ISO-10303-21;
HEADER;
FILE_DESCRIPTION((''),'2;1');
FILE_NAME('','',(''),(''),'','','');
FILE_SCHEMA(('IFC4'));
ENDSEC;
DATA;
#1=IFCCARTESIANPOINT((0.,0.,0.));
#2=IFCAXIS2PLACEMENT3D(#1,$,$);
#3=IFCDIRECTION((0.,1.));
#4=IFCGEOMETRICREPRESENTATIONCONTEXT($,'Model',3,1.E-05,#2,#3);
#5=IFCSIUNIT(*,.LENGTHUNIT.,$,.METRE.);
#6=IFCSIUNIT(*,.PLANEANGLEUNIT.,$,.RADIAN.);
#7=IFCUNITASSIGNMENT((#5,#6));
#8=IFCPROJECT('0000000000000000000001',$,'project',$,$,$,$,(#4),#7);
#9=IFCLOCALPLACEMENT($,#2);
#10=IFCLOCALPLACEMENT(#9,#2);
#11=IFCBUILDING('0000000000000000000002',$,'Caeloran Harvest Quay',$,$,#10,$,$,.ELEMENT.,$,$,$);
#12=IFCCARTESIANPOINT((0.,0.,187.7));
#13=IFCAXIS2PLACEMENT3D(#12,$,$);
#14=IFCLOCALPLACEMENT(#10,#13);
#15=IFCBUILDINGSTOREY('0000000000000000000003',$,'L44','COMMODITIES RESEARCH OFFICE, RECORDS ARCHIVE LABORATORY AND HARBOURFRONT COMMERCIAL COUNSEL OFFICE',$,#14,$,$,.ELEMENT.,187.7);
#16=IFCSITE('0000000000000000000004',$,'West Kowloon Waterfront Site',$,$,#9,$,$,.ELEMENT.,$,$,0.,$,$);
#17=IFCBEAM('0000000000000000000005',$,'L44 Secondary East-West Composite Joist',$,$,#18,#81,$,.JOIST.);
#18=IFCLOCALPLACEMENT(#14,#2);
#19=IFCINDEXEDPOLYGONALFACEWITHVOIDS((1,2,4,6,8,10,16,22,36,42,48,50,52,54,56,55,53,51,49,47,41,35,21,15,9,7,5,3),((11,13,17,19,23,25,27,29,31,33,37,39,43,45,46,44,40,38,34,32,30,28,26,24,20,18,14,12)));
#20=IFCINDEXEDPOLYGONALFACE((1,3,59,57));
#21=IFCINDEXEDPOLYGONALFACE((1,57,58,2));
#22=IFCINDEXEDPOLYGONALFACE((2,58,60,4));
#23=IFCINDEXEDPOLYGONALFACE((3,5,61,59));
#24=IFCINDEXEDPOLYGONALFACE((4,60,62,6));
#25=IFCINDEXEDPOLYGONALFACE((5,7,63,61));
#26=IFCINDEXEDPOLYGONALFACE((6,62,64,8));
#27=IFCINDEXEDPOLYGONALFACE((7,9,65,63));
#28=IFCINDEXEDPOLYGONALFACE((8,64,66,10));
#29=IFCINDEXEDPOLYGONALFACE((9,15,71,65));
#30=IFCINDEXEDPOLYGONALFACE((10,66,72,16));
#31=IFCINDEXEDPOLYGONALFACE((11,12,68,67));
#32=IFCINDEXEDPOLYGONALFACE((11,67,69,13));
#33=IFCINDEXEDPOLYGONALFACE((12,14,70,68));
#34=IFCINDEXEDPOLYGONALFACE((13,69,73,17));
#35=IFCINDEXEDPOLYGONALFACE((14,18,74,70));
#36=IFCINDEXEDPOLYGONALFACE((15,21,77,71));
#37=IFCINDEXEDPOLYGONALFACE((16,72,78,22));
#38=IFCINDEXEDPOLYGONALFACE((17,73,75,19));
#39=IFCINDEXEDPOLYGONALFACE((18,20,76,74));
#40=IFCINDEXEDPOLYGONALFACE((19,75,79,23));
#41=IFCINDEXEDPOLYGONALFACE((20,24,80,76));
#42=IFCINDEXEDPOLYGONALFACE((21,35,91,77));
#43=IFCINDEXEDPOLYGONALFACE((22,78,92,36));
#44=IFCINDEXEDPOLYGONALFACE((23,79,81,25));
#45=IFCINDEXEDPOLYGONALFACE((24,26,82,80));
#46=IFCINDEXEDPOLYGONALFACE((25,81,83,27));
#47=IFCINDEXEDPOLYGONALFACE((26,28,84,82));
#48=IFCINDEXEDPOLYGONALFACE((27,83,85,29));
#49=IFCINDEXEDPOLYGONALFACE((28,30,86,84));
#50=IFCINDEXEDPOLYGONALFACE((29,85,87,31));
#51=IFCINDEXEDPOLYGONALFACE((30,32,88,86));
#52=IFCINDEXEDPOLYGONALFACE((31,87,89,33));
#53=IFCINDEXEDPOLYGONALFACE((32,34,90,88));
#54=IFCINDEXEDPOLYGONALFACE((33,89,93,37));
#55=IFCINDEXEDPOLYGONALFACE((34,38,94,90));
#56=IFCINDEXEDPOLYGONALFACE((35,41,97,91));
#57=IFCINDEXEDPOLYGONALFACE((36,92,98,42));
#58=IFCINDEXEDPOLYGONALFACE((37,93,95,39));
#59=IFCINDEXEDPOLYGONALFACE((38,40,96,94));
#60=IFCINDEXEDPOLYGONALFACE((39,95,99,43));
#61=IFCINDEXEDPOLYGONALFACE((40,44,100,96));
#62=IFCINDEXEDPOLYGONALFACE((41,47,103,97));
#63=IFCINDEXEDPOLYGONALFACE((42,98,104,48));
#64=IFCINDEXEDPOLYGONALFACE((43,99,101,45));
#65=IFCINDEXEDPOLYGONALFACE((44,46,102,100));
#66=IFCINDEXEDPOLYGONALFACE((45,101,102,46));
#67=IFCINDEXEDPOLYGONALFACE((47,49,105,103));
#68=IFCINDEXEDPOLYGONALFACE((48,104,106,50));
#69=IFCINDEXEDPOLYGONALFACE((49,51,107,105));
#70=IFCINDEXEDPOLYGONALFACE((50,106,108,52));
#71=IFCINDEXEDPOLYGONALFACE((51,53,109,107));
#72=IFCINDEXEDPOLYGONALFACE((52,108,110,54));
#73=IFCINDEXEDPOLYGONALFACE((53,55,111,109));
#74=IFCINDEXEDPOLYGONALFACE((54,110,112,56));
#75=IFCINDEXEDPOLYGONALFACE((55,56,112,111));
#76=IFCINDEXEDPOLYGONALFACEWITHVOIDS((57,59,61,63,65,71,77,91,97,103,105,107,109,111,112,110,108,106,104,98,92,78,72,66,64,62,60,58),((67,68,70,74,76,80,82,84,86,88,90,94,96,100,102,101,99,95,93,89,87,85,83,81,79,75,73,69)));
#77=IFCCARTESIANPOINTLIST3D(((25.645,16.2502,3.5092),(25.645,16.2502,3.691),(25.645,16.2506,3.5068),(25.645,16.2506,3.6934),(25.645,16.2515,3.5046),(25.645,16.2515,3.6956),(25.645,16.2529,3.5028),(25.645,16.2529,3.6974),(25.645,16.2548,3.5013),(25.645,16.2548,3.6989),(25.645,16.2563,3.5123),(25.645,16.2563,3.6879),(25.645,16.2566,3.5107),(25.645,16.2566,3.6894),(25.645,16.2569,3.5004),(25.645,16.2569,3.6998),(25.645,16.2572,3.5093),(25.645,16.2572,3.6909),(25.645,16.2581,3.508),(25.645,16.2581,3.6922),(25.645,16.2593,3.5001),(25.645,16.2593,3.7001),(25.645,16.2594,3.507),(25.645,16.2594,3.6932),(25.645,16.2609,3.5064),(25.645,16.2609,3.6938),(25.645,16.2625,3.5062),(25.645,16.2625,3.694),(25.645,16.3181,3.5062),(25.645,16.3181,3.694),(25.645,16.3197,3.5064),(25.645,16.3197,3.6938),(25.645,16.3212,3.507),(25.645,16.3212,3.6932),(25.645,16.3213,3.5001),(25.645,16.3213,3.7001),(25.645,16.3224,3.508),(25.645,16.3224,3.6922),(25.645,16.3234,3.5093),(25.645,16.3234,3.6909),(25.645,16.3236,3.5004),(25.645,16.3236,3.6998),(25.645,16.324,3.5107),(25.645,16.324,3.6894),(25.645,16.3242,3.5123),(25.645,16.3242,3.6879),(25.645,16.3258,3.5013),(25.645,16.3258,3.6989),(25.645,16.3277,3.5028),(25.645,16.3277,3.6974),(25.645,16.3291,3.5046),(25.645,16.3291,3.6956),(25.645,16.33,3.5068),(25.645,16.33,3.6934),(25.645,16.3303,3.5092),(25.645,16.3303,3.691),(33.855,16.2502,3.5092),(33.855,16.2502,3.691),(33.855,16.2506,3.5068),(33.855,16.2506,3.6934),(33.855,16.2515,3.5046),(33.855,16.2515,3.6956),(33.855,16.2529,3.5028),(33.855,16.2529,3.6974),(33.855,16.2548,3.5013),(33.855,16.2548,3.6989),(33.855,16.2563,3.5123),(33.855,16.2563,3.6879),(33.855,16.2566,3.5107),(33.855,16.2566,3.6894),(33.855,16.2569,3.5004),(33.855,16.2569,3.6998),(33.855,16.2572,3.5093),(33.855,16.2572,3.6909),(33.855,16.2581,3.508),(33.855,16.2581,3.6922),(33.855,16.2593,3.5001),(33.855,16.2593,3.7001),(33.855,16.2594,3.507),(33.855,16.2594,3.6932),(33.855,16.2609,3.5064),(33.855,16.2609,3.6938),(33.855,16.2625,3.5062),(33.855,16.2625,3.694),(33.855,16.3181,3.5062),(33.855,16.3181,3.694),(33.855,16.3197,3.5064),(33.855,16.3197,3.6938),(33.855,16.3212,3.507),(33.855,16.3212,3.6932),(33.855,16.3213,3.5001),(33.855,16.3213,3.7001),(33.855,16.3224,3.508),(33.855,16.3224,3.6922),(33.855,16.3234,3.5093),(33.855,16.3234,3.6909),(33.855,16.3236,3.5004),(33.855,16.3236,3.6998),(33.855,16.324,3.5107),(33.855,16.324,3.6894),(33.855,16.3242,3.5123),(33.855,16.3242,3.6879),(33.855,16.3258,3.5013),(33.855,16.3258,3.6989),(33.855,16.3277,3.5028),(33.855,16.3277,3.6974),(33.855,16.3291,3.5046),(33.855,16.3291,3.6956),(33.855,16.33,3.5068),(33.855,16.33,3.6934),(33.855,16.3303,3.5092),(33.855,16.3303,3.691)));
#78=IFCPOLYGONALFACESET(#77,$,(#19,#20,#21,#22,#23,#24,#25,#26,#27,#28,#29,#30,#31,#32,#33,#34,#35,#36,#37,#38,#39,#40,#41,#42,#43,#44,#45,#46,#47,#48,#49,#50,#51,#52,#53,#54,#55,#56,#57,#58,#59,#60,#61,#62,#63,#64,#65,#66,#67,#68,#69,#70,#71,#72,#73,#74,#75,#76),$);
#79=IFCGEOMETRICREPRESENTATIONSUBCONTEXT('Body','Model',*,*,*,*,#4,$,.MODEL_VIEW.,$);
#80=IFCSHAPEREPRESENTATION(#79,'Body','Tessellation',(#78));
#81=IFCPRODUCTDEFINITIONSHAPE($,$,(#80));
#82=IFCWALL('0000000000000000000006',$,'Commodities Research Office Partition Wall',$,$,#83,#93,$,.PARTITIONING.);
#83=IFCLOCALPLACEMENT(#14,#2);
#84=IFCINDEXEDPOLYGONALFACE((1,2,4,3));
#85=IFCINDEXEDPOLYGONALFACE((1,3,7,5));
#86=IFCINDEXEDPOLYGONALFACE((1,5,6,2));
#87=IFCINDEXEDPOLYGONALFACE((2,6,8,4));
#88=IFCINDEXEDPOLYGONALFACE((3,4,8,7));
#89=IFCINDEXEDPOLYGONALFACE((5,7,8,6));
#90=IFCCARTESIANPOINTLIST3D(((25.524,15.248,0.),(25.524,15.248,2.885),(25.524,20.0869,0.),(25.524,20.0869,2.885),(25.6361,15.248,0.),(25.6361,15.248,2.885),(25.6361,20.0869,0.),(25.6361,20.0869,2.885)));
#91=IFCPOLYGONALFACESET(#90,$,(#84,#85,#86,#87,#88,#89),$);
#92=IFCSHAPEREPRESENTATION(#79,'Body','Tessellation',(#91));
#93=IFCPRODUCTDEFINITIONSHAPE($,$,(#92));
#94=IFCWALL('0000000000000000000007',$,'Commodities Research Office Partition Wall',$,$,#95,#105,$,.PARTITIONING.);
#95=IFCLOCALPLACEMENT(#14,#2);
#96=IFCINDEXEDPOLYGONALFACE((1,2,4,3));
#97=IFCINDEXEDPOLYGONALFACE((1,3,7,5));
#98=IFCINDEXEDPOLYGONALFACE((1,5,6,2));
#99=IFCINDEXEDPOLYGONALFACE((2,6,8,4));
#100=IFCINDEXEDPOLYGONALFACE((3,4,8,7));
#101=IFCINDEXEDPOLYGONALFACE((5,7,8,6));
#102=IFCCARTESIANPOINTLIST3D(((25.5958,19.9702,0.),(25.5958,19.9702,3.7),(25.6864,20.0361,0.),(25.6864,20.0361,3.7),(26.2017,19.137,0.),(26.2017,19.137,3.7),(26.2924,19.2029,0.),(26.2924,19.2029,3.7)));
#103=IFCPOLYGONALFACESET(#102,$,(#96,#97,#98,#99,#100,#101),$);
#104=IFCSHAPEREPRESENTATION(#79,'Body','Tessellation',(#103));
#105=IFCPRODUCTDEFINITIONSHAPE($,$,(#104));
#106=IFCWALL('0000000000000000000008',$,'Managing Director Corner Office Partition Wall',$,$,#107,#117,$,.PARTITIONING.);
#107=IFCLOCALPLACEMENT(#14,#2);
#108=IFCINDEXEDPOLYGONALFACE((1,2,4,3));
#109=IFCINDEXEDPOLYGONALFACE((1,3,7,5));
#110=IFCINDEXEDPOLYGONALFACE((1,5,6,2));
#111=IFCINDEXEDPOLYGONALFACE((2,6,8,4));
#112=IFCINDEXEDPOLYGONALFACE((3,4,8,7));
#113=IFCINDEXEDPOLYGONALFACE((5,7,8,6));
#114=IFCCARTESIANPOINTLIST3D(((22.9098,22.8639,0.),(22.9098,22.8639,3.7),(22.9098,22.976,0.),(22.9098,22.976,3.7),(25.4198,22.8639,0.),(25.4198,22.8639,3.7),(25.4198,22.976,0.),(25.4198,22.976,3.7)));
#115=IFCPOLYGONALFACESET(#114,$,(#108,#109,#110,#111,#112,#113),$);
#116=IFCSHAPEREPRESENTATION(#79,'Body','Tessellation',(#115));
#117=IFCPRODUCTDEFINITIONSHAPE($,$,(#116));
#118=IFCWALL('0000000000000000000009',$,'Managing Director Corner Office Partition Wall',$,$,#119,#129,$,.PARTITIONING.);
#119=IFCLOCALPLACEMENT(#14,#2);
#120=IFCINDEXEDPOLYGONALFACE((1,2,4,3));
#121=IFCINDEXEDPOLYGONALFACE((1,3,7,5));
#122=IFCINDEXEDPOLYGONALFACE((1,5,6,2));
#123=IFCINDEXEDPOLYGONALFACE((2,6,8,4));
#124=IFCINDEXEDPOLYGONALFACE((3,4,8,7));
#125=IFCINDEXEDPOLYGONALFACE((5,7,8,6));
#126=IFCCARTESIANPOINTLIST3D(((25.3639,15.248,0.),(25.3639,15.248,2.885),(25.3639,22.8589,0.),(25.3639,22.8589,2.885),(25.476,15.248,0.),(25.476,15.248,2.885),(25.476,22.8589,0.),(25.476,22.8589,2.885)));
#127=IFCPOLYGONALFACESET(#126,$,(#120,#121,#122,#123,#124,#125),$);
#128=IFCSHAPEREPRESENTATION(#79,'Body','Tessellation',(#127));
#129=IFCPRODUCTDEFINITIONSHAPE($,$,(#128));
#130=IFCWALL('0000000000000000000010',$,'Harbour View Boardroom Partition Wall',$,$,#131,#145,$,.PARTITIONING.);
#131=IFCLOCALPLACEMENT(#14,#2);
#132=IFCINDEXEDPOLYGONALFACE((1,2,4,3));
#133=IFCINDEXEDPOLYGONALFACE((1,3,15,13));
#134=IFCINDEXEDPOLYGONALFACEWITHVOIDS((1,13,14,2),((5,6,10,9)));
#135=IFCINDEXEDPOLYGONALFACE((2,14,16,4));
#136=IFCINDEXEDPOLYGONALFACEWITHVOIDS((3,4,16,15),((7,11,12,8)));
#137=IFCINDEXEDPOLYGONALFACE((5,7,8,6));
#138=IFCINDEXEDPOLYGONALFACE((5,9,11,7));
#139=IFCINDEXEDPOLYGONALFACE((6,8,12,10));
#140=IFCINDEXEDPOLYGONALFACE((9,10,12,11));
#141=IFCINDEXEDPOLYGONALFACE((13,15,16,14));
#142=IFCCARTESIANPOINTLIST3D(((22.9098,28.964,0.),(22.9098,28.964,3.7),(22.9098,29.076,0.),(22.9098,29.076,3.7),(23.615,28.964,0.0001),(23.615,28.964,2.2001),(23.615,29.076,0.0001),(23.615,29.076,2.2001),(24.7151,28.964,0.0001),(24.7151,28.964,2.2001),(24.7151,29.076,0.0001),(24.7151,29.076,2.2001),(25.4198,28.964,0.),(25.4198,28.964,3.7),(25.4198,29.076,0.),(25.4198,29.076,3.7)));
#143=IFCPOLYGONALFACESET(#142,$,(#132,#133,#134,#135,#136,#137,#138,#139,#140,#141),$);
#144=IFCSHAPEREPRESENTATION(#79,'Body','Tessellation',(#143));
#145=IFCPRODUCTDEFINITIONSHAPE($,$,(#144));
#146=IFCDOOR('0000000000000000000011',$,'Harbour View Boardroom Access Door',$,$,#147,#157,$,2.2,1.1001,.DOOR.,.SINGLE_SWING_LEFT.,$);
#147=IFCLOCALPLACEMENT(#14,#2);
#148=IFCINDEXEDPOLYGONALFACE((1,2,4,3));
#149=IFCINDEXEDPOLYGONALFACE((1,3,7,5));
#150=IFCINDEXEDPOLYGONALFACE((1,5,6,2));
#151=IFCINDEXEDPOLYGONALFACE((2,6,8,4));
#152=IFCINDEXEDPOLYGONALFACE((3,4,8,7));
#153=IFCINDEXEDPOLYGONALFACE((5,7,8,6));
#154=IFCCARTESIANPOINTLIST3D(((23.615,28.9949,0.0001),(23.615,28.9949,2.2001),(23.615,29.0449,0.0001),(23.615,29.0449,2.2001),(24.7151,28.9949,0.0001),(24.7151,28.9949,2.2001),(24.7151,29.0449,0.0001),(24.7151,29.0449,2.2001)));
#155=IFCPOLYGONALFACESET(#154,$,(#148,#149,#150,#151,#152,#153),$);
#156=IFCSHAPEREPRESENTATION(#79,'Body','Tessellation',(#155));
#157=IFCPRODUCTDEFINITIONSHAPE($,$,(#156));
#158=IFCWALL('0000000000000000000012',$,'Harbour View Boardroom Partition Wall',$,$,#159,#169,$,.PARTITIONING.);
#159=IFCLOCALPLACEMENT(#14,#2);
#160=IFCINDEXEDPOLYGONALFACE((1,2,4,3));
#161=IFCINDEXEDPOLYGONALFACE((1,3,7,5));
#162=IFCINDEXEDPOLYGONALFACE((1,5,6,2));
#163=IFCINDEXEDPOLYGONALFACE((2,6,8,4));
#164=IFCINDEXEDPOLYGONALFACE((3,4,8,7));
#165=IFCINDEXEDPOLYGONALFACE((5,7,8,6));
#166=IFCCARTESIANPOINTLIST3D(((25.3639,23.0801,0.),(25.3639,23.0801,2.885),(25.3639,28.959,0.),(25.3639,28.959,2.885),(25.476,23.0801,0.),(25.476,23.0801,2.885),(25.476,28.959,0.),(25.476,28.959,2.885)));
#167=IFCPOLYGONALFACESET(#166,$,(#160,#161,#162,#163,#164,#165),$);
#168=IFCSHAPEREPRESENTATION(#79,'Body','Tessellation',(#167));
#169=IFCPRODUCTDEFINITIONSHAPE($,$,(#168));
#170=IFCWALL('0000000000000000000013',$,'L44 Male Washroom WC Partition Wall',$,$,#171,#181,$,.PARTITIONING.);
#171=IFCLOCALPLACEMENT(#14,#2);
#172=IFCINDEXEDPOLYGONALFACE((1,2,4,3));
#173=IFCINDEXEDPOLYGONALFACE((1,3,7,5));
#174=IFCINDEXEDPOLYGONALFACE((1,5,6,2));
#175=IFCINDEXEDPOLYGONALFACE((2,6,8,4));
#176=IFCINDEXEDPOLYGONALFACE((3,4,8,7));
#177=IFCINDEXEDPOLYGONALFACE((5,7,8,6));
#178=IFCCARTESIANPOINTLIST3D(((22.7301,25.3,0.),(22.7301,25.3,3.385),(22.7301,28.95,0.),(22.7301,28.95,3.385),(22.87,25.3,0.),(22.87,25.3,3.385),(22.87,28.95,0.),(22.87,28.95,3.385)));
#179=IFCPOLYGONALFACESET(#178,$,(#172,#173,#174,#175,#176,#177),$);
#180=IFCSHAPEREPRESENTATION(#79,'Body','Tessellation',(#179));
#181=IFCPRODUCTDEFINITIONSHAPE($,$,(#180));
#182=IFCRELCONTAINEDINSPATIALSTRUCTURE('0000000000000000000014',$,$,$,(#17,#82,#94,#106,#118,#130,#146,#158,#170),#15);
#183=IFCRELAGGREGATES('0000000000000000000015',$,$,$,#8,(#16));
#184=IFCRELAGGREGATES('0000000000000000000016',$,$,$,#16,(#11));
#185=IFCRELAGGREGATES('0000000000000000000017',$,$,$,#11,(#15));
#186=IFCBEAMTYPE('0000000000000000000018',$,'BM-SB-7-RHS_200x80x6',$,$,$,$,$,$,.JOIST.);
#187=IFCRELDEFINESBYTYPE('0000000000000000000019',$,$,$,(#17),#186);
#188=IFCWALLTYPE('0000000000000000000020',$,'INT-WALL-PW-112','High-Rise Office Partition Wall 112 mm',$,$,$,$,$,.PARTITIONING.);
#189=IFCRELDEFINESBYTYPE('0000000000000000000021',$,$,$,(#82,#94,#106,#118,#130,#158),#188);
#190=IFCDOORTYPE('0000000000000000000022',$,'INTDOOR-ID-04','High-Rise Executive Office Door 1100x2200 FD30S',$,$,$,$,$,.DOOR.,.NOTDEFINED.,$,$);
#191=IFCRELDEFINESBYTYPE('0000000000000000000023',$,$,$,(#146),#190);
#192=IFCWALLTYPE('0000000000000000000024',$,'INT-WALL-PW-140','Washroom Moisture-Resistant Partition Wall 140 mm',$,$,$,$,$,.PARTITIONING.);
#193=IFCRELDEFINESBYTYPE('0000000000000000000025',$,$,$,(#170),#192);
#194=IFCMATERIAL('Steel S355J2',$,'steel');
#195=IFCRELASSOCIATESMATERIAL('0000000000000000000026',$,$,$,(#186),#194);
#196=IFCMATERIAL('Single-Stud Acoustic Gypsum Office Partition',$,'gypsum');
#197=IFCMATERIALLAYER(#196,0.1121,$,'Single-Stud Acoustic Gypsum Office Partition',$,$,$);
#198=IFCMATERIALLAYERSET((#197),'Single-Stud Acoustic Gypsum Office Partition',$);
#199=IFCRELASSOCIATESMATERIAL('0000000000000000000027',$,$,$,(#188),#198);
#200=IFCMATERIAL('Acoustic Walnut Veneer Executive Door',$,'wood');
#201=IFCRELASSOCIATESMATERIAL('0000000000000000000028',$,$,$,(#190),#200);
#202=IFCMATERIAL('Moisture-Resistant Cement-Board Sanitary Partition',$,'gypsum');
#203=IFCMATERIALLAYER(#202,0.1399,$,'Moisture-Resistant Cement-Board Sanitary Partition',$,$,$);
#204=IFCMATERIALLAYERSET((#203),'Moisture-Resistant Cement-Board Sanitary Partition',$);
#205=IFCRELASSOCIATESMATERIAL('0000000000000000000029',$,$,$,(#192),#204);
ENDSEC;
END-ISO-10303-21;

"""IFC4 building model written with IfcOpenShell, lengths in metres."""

from ifc_helpers import new_model, si_unit, direction, frame, frame_2d, origin, origin_2d, place, context, subcontext, project, spatial, rectangle, hollow_rectangle, extrude, material, layer, layer_set, material_profile, profile_set, type_object, element, fill, save


model = new_model("IFC4")

# Units and contexts
model_context = context("Model", 3, precision=1e-05, world=origin(), true_north=direction((0.0, 1.0)))
body_context = subcontext(model_context, "Body", "Model", "MODEL_VIEW")
ifc_project = project(units=[si_unit("LENGTHUNIT", "METRE"), si_unit("PLANEANGLEUNIT", "RADIAN")], contexts=[model_context])

# Site, building, storey
site_placement = place(None, origin())
site = spatial("IfcSite", under=ifc_project, at=site_placement, Name="West Kowloon Waterfront Site", CompositionType="ELEMENT", RefElevation=0.0)
building_placement = place(site_placement, origin())
building = spatial("IfcBuilding", under=site, at=building_placement, Name="Caeloran Harvest Quay", CompositionType="ELEMENT")
storey_placement = place(building_placement, frame((0.0, 0.0, 187.7)))
storey = spatial("IfcBuildingStorey", under=building, at=storey_placement, Name="L44", Description="COMMODITIES RESEARCH OFFICE, RECORDS ARCHIVE LABORATORY AND HARBOURFRONT COMMERCIAL COUNSEL OFFICE", CompositionType="ELEMENT", Elevation=187.7)

# Beam
ifc_material_1 = material(Name="Steel S355J2", Category="steel")
ifc_material_profile_1 = material_profile(ifc_material_1, hollow_rectangle(XDim=0.0801, YDim=0.2, WallThickness=0.0061, InnerFilletRadius=0.0061, OuterFilletRadius=0.009, at=origin_2d()), Name="RHS 200x80x6")
ifc_profile_set_1 = profile_set([ifc_material_profile_1], Name="Steel S355J2")
beam_type_1 = type_object("IfcBeamType", Name="BM-SB-7-RHS_200x80x6", PredefinedType="JOIST", material=ifc_profile_set_1)
for number, where, z_axis, x_axis, name in (
    (1, (25.645, 16.2903, 3.6001), (1.0, 0.0, 0.0), (0.0, 1.0, 0.0), "L44 Secondary East-West Composite Joist"),
):
    element("IfcBeam", number, at=place(storey_placement, frame(where, z_axis=z_axis, x_axis=x_axis)), inside=storey, type_object=beam_type_1, Name=name, PredefinedType="JOIST", context=body_context, shape_type="SweptSolid", body=[
        extrude(hollow_rectangle(XDim=0.0801, YDim=0.2, WallThickness=0.0061, InnerFilletRadius=0.0061, OuterFilletRadius=0.009, at=origin_2d()), origin(), (0.0, 0.0, 1.0), 8.21),
    ])

# Walls
ifc_material_2 = material(Name="Single-Stud Acoustic Gypsum Office Partition", Category="gypsum")
ifc_layer_1 = layer(ifc_material_2, 0.1121, Name="Single-Stud Acoustic Gypsum Office Partition")
ifc_layer_set_1 = layer_set([ifc_layer_1], Name="Single-Stud Acoustic Gypsum Office Partition")
wall_type_1 = type_object("IfcWallType", Name="INT-WALL-PW-112", Description="High-Rise Office Partition Wall 112 mm", PredefinedType="PARTITIONING", material=ifc_layer_set_1)
wall_1_placement = place(storey_placement, frame((25.5801, 15.248, 0.0), z_axis=(0.0, 0.0, 1.0), x_axis=(0.0, 1.0, 0.0)))
element("IfcWall", 2, at=wall_1_placement, inside=storey, type_object=wall_type_1, Name="Commodities Research Office Partition Wall", PredefinedType="PARTITIONING", context=body_context, shape_type="SweptSolid", body=[
    extrude(rectangle(XDim=4.8389, YDim=0.1121, at=frame_2d((2.4194, 0.0))), origin(), (0.0, 0.0, 1.0), 2.885),
])
wall_2_placement = place(storey_placement, frame((25.6411, 20.0032, 0.0), z_axis=(0.0, 0.0, 1.0), x_axis=(0.588144, -0.808757, 0.0)))
element("IfcWall", 3, at=wall_2_placement, inside=storey, type_object=wall_type_1, Name="Commodities Research Office Partition Wall", PredefinedType="PARTITIONING", context=body_context, shape_type="SweptSolid", body=[
    extrude(rectangle(XDim=1.0303, YDim=0.1121, at=frame_2d((0.5151, 0.0))), origin(), (0.0, 0.0, 1.0), 3.7),
])
wall_3_placement = place(storey_placement, frame((22.9099, 22.9199, 0.0), z_axis=(0.0, 0.0, 1.0), x_axis=(1.0, 0.0, 0.0)))
element("IfcWall", 4, at=wall_3_placement, inside=storey, type_object=wall_type_1, Name="Managing Director Corner Office Partition Wall", PredefinedType="PARTITIONING", context=body_context, shape_type="SweptSolid", body=[
    extrude(rectangle(XDim=2.51, YDim=0.1121, at=frame_2d((1.2549, 0.0))), origin(), (0.0, 0.0, 1.0), 3.7),
])
wall_4_placement = place(storey_placement, frame((25.4199, 22.8589, 0.0), z_axis=(0.0, 0.0, 1.0), x_axis=(0.0, -1.0, 0.0)))
element("IfcWall", 5, at=wall_4_placement, inside=storey, type_object=wall_type_1, Name="Managing Director Corner Office Partition Wall", PredefinedType="PARTITIONING", context=body_context, shape_type="SweptSolid", body=[
    extrude(rectangle(XDim=7.6108, YDim=0.1121, at=frame_2d((3.8054, 0.0))), origin(), (0.0, 0.0, 1.0), 2.885),
])

# Wall, opening, door
wall_5_placement = place(storey_placement, frame((22.9099, 29.02, 0.0), z_axis=(0.0, 0.0, 1.0), x_axis=(1.0, 0.0, 0.0)))
wall_5 = element("IfcWall", 6, at=wall_5_placement, inside=storey, type_object=wall_type_1, Name="Harbour View Boardroom Partition Wall", PredefinedType="PARTITIONING", context=body_context, shape_type="SweptSolid", body=[
    extrude(rectangle(XDim=2.51, YDim=0.1121, at=frame_2d((1.2549, 0.0))), origin(), (0.0, 0.0, 1.0), 3.7),
])
opening_placement = place(wall_5_placement, frame((0.7051, 0.0, 0.0)))
opening = element("IfcOpeningElement", 7, at=opening_placement, cuts=wall_5, PredefinedType="OPENING", context=body_context, shape_type="SweptSolid", body=[
    extrude(rectangle(XDim=1.1001, YDim=2.2, at=frame_2d((0.55, 1.1001))), frame((0.0, 0.0659, 0.0), z_axis=(0.0, -1.0, 0.0), x_axis=(1.0, 0.0, 0.0)), (0.0, 0.0, 1.0), 0.1321),
])
ifc_material_3 = material(Name="Acoustic Walnut Veneer Executive Door", Category="wood")
door_type = type_object("IfcDoorType", Name="INTDOOR-ID-04", Description="High-Rise Executive Office Door 1100x2200 FD30S", OperationType="NOTDEFINED", PredefinedType="DOOR", material=ifc_material_3)
door_placement = place(opening_placement, origin())
door = element("IfcDoor", 8, at=door_placement, inside=storey, type_object=door_type, Name="Harbour View Boardroom Access Door", OperationType="SINGLE_SWING_LEFT", OverallHeight=2.2, OverallWidth=1.1001, PredefinedType="DOOR", context=body_context, shape_type="SweptSolid", body=[
    extrude(rectangle(XDim=1.1001, YDim=2.2, at=frame_2d((0.55, 1.1001))), frame((0.0, 0.0249, 0.0), z_axis=(0.0, -1.0, 0.0), x_axis=(1.0, 0.0, 0.0)), (0.0, 0.0, 1.0), 0.05),
])
fill(opening, door)

# Walls
wall_6_placement = place(storey_placement, frame((25.4199, 28.959, 0.0), z_axis=(0.0, 0.0, 1.0), x_axis=(0.0, -1.0, 0.0)))
element("IfcWall", 9, at=wall_6_placement, inside=storey, type_object=wall_type_1, Name="Harbour View Boardroom Partition Wall", PredefinedType="PARTITIONING", context=body_context, shape_type="SweptSolid", body=[
    extrude(rectangle(XDim=5.8789, YDim=0.1121, at=frame_2d((2.9395, 0.0))), origin(), (0.0, 0.0, 1.0), 2.885),
])
ifc_material_4 = material(Name="Moisture-Resistant Cement-Board Sanitary Partition", Category="gypsum")
ifc_layer_2 = layer(ifc_material_4, 0.1399, Name="Moisture-Resistant Cement-Board Sanitary Partition")
ifc_layer_set_2 = layer_set([ifc_layer_2], Name="Moisture-Resistant Cement-Board Sanitary Partition")
wall_type_2 = type_object("IfcWallType", Name="INT-WALL-PW-140", Description="Washroom Moisture-Resistant Partition Wall 140 mm", PredefinedType="PARTITIONING", material=ifc_layer_set_2)
wall_7_placement = place(storey_placement, frame((22.8, 28.95, 0.0), z_axis=(0.0, 0.0, 1.0), x_axis=(0.0, -1.0, 0.0)))
element("IfcWall", 10, at=wall_7_placement, inside=storey, type_object=wall_type_2, Name="L44 Male Washroom WC Partition Wall", PredefinedType="PARTITIONING", context=body_context, shape_type="SweptSolid", body=[
    extrude(rectangle(XDim=3.6499, YDim=0.1399, at=frame_2d((1.825, 0.0))), origin(), (0.0, 0.0, 1.0), 3.385),
])

save(model, "model.ifc")
